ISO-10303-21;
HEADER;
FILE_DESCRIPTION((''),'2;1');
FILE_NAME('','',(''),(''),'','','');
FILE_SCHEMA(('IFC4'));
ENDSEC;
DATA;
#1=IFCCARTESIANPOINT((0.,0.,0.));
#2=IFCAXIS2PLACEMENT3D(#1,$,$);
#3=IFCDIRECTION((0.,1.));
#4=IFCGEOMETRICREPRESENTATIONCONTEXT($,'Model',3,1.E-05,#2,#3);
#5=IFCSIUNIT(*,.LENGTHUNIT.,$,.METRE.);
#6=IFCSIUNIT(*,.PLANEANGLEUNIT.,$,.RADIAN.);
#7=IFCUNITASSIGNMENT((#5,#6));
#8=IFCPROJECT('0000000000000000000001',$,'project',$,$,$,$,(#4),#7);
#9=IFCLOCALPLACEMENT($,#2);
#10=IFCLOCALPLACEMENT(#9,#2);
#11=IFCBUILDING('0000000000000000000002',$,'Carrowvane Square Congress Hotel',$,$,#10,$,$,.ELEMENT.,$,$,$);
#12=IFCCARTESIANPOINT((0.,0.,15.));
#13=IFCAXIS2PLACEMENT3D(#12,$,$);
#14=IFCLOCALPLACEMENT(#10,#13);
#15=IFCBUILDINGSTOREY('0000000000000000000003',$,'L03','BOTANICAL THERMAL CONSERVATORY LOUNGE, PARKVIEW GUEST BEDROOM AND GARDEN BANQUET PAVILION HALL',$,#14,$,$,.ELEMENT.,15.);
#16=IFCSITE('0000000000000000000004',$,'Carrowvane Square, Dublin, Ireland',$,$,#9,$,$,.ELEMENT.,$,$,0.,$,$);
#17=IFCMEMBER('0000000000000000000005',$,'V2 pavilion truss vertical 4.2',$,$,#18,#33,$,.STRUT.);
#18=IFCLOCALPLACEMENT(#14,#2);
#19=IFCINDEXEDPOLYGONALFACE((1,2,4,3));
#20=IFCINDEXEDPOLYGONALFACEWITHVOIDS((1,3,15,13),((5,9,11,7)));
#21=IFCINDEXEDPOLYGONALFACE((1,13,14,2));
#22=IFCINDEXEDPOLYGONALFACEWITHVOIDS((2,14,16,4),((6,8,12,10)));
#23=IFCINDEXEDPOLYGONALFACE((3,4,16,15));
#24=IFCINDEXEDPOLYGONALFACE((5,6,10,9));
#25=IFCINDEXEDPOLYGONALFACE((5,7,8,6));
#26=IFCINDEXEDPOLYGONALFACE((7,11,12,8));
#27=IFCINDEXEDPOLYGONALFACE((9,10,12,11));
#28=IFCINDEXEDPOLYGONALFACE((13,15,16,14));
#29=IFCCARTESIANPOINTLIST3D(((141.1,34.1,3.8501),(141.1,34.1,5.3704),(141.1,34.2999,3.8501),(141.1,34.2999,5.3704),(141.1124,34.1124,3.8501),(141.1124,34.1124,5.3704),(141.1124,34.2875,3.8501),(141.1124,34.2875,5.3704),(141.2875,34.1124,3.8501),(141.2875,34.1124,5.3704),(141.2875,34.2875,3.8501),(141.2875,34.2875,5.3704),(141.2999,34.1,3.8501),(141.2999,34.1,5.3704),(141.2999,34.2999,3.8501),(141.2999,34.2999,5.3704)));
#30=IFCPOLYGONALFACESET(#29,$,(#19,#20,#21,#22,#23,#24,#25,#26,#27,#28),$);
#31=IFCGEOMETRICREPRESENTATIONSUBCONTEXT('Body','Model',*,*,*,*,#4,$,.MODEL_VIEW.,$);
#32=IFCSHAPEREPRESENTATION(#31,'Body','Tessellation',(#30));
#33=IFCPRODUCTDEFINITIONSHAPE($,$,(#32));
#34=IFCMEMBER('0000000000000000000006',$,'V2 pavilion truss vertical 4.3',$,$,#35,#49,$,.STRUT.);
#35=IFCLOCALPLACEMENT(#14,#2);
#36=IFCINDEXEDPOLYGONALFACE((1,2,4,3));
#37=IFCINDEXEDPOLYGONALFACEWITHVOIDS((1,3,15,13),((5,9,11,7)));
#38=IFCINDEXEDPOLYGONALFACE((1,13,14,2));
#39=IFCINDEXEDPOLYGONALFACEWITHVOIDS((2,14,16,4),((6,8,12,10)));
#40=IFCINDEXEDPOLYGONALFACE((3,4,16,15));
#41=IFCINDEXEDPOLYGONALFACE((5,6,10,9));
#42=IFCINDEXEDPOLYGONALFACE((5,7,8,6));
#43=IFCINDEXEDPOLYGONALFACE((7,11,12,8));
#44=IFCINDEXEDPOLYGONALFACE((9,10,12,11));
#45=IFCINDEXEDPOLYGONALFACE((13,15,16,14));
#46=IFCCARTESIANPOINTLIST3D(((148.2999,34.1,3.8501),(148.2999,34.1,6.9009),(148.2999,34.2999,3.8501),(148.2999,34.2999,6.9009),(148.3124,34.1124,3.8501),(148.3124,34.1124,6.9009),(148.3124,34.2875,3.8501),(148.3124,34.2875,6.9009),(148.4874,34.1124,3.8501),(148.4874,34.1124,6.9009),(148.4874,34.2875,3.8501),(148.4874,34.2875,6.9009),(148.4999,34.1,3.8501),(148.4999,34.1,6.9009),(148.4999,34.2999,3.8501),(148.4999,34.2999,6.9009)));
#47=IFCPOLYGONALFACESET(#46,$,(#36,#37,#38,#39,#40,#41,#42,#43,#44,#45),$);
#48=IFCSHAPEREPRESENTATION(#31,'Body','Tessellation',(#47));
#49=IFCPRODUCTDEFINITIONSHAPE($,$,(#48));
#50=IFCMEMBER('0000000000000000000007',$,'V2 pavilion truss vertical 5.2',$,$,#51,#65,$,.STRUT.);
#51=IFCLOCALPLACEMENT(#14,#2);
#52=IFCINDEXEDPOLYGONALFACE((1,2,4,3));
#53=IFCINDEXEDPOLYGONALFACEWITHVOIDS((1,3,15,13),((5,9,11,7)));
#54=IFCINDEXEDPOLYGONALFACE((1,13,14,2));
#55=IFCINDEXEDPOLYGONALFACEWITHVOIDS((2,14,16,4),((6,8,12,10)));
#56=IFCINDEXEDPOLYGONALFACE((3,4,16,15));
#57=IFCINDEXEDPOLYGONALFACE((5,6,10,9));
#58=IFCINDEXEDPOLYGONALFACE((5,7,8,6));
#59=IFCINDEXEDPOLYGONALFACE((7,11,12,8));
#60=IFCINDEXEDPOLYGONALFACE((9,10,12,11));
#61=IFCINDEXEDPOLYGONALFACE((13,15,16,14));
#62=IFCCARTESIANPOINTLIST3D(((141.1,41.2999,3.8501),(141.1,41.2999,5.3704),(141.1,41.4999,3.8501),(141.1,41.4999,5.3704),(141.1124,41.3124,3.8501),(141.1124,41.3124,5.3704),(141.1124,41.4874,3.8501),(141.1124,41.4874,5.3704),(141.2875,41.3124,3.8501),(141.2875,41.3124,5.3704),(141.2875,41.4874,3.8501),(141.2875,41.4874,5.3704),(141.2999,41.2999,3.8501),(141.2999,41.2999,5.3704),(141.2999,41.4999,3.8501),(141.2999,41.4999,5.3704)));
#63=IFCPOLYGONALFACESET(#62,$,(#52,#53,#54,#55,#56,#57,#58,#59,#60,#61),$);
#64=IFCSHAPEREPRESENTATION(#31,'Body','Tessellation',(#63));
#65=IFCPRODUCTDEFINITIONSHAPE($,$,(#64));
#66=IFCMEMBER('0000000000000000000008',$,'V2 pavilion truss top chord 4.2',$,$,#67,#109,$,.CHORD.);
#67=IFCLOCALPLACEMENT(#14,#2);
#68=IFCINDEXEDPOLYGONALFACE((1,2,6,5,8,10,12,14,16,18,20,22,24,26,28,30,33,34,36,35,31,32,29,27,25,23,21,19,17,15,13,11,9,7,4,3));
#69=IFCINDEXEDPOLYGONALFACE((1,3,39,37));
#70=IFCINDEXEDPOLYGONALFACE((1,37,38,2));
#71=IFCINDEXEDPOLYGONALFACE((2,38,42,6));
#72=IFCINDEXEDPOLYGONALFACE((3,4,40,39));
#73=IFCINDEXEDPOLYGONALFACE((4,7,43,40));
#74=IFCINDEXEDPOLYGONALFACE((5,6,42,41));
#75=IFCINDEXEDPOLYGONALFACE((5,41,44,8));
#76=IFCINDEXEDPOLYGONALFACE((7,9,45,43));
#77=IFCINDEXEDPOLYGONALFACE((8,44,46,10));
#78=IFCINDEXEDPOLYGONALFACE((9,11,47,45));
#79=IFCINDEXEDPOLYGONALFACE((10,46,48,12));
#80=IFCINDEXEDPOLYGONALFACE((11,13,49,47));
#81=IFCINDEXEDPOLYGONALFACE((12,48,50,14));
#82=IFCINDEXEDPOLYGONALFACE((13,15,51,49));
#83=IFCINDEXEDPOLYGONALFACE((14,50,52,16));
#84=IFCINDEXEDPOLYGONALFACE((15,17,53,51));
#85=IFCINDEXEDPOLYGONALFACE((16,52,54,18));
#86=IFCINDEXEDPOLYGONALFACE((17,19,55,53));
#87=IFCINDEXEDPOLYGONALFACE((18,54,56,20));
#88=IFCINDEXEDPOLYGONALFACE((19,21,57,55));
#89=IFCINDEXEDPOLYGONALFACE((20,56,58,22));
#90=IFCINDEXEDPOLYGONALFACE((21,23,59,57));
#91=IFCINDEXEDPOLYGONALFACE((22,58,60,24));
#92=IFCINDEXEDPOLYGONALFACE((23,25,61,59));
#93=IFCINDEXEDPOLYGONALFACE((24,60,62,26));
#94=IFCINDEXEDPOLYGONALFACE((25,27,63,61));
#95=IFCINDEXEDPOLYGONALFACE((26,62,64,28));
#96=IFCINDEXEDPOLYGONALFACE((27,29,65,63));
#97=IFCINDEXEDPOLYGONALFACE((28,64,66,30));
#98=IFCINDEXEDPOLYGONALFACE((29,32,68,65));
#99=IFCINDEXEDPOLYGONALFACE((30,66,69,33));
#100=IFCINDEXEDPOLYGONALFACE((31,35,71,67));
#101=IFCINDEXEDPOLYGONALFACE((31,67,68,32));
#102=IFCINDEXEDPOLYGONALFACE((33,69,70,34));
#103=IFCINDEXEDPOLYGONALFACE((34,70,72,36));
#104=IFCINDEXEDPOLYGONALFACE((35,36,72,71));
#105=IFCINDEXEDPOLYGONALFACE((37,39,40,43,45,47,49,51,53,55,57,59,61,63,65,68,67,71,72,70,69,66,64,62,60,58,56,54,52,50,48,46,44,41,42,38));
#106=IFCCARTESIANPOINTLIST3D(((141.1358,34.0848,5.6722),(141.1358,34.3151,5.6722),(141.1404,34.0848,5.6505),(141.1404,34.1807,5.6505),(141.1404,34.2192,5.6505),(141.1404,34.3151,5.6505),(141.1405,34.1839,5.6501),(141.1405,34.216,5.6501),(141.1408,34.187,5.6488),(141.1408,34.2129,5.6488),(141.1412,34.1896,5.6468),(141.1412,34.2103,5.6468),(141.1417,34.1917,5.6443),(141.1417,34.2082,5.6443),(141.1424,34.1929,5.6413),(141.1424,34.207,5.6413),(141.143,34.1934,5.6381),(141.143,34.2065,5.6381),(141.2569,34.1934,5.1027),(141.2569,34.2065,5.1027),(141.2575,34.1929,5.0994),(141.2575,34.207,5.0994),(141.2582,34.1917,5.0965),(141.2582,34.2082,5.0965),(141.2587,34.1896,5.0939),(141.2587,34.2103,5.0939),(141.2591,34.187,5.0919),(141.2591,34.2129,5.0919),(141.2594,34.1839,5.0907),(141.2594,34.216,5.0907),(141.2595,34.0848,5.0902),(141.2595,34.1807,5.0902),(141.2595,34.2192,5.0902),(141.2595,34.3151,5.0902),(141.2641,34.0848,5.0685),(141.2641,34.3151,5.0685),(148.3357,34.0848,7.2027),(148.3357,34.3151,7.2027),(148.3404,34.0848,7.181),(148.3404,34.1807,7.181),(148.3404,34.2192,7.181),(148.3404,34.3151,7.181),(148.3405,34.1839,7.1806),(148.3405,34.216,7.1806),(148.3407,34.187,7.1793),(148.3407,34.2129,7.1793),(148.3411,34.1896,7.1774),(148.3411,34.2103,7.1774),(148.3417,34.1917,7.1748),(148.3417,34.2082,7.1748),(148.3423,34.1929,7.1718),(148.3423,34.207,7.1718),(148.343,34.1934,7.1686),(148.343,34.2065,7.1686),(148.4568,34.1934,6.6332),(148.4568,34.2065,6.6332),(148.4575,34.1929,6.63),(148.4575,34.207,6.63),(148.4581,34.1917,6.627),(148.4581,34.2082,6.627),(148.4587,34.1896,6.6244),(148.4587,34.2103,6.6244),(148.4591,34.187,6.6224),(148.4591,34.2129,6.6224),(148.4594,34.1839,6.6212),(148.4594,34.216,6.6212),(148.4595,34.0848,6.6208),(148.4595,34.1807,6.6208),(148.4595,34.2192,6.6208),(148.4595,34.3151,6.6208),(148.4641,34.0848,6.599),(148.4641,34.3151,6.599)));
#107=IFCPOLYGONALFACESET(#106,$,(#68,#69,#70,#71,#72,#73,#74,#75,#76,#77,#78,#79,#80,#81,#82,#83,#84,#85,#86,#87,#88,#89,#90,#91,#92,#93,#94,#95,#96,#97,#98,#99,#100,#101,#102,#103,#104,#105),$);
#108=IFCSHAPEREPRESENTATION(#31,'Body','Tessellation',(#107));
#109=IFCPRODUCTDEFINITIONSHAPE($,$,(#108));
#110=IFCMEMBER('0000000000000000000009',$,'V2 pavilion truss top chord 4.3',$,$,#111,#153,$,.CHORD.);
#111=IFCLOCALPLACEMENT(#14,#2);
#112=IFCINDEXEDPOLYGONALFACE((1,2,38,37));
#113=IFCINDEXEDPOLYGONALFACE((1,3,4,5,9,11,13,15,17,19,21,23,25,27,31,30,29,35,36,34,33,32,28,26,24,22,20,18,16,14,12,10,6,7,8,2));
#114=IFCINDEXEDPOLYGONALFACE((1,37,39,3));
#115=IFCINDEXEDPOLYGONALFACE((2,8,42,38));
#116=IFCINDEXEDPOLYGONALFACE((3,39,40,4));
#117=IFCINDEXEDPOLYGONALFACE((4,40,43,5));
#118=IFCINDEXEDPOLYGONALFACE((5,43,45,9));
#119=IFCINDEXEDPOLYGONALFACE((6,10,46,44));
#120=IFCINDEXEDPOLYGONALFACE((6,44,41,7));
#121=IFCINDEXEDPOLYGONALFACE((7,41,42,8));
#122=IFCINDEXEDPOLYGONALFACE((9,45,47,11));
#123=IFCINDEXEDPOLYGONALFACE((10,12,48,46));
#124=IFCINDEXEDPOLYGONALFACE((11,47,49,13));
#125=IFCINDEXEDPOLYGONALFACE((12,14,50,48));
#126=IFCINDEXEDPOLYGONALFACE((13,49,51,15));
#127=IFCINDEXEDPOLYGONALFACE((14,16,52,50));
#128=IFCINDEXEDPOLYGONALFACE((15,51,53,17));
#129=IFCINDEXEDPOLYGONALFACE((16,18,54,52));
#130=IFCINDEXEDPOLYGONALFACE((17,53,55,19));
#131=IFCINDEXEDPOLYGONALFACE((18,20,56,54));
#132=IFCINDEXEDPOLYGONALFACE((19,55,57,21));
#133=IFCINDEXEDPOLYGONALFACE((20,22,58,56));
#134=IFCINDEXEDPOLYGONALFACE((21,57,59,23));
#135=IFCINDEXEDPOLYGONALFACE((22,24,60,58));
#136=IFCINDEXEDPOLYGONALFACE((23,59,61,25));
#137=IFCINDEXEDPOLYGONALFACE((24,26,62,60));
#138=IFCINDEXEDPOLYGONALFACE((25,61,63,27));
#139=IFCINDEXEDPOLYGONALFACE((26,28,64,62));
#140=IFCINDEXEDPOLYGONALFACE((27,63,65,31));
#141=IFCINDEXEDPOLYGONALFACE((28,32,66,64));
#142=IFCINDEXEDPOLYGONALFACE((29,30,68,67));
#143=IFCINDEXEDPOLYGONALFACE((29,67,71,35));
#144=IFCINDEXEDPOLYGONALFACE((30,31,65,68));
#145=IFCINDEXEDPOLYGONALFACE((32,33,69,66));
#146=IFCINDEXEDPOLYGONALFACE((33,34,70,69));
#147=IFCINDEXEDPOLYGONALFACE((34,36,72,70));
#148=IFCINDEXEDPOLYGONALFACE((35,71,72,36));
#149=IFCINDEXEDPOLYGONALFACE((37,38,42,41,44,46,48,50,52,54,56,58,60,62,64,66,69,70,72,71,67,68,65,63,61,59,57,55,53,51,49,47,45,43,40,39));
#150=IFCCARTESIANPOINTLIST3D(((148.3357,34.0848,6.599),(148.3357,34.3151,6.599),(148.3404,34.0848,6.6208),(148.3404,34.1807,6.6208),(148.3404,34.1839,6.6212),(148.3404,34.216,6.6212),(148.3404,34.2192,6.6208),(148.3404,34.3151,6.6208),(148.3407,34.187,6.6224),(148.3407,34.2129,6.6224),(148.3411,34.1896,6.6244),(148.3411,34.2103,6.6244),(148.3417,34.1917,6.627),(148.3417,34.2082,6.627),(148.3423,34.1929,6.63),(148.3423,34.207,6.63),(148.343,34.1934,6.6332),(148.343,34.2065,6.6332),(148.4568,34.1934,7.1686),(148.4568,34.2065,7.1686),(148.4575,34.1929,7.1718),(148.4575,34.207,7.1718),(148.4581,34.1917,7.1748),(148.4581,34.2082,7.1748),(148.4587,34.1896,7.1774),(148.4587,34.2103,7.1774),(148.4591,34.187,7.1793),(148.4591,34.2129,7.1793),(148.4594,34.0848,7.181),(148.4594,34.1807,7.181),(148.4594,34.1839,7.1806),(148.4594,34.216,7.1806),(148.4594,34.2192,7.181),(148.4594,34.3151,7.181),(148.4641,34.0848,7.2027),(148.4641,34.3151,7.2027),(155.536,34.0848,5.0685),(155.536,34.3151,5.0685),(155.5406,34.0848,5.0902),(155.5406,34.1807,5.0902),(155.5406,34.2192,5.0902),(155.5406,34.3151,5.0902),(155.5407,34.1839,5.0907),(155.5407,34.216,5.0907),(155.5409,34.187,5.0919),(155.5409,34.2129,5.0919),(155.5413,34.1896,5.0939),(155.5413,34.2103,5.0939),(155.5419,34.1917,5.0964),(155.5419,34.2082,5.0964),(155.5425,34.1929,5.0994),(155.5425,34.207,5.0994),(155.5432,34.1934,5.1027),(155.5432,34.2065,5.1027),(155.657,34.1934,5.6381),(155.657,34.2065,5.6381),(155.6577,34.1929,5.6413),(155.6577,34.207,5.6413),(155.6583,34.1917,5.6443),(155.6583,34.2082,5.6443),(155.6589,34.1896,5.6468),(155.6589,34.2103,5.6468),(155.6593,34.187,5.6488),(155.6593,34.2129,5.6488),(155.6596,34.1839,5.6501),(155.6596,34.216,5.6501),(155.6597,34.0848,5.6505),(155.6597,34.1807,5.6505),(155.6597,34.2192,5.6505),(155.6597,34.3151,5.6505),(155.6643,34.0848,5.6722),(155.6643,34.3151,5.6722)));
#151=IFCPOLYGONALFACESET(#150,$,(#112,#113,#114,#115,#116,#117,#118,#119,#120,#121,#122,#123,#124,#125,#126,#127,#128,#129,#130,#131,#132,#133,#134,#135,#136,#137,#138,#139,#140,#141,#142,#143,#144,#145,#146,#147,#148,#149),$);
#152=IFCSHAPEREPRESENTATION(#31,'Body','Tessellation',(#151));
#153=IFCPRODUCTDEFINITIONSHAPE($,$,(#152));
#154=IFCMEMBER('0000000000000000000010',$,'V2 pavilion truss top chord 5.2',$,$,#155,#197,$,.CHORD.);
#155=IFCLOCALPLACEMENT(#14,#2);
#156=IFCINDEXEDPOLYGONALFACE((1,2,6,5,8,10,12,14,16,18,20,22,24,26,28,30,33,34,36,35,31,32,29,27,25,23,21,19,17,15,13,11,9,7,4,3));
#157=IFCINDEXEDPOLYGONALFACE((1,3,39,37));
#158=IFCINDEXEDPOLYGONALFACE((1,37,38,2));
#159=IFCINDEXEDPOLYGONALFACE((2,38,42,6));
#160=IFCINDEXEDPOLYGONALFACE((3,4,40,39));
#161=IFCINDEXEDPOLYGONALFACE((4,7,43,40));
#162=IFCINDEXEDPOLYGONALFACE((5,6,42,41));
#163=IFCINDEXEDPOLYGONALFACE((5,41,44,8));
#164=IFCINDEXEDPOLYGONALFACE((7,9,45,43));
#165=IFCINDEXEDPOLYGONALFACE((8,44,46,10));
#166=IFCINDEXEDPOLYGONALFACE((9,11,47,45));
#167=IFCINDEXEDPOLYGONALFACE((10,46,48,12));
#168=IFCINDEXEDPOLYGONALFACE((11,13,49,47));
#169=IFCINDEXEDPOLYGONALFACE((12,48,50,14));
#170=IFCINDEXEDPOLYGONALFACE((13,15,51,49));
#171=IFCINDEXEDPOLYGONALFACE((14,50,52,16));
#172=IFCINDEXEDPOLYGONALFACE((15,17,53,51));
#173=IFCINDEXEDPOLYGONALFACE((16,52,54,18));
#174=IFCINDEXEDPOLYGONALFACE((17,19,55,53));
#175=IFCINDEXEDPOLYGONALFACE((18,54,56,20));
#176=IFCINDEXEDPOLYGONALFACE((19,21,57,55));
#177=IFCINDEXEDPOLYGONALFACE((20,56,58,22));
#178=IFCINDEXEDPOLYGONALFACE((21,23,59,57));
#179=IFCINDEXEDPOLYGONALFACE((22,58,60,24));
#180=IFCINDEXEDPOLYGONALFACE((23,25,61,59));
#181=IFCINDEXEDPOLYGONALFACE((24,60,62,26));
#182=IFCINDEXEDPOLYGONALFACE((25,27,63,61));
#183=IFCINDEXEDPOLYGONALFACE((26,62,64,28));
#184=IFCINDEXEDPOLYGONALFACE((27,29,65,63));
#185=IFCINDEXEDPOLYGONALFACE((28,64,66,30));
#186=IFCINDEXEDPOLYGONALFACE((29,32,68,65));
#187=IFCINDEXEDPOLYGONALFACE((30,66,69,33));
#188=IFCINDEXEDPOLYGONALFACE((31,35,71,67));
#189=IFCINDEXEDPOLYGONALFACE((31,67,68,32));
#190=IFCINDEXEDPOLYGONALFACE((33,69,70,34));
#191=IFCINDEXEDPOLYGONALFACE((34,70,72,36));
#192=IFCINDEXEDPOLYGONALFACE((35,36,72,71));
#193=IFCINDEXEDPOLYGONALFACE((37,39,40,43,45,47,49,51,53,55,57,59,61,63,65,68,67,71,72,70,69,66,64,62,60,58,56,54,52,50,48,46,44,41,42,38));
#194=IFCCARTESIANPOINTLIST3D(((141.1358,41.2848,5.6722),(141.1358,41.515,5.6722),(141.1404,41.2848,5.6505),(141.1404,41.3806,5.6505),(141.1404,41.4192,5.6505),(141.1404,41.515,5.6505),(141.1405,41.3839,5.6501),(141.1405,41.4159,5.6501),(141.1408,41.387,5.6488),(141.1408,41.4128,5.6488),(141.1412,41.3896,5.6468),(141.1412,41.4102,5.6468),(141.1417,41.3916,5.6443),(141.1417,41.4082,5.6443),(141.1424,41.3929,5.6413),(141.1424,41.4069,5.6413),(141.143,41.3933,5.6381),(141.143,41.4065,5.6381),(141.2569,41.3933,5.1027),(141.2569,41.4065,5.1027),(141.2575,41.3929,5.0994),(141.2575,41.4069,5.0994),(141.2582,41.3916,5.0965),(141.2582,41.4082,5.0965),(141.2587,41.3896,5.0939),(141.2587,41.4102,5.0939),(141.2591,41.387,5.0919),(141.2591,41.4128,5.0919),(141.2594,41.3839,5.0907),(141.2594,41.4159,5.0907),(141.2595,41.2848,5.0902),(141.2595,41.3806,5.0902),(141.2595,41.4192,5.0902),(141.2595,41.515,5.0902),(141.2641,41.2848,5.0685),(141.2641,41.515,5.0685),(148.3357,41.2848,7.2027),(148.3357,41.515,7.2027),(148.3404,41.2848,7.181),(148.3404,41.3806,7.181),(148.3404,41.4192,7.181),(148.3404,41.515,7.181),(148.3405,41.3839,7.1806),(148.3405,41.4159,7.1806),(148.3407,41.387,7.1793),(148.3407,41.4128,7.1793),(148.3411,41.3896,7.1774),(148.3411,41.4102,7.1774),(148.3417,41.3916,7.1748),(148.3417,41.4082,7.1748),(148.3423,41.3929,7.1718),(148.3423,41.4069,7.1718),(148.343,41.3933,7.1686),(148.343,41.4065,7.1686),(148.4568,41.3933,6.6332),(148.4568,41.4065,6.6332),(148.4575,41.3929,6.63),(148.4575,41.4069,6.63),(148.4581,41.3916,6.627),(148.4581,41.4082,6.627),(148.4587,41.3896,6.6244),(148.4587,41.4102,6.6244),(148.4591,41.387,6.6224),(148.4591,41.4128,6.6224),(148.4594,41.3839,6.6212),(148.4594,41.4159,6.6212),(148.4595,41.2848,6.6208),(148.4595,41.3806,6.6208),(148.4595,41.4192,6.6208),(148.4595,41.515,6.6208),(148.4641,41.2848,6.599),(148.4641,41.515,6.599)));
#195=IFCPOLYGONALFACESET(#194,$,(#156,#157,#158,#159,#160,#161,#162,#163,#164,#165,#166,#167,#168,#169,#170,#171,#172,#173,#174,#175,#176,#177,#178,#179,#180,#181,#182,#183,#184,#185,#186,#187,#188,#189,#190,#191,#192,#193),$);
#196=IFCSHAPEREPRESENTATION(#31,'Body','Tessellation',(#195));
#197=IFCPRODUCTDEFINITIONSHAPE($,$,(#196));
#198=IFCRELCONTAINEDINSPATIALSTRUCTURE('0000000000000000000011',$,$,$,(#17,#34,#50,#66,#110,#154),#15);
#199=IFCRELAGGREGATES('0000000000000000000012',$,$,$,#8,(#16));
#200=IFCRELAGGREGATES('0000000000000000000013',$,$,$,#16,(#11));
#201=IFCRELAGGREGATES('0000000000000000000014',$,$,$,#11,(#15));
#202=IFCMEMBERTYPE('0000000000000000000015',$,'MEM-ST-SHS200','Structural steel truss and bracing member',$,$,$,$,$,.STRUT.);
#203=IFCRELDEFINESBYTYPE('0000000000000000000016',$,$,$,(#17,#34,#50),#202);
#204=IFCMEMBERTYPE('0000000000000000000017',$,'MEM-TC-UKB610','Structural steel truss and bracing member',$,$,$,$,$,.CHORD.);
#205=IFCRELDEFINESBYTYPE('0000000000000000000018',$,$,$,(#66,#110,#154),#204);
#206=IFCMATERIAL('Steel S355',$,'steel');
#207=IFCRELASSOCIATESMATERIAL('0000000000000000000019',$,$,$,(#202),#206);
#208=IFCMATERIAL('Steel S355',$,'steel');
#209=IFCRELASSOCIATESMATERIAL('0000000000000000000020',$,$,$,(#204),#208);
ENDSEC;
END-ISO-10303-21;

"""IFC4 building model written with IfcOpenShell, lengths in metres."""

from ifc_helpers import new_model, si_unit, direction, frame, origin, origin_2d, place, context, subcontext, project, spatial, hollow_rectangle, i_section, extrude, material, material_profile, profile_set, type_object, element, save


model = new_model("IFC4")

# Units and contexts
model_context = context("Model", 3, precision=1e-05, world=origin(), true_north=direction((0.0, 1.0)))
body_context = subcontext(model_context, "Body", "Model", "MODEL_VIEW")
ifc_project = project(units=[si_unit("LENGTHUNIT", "METRE"), si_unit("PLANEANGLEUNIT", "RADIAN")], contexts=[model_context])

# Site, building, storey
site_placement = place(None, origin())
site = spatial("IfcSite", under=ifc_project, at=site_placement, Name="Carrowvane Square, Dublin, Ireland", CompositionType="ELEMENT", RefElevation=0.0)
building_placement = place(site_placement, origin())
building = spatial("IfcBuilding", under=site, at=building_placement, Name="Carrowvane Square Congress Hotel", CompositionType="ELEMENT")
storey_placement = place(building_placement, frame((0.0, 0.0, 15.0)))
storey = spatial("IfcBuildingStorey", under=building, at=storey_placement, Name="L03", Description="BOTANICAL THERMAL CONSERVATORY LOUNGE, PARKVIEW GUEST BEDROOM AND GARDEN BANQUET PAVILION HALL", CompositionType="ELEMENT", Elevation=15.0)

# Members
ifc_material_1 = material(Name="Steel S355", Category="steel")
ifc_material_profile_1 = material_profile(ifc_material_1, hollow_rectangle(XDim=0.2, YDim=0.2, WallThickness=0.0125, at=origin_2d()), Name="SHS 200x200x12.5")
ifc_profile_set_1 = profile_set([ifc_material_profile_1], Name="Steel S355")
member_type_1 = type_object("IfcMemberType", Name="MEM-ST-SHS200", Description="Structural steel truss and bracing member", PredefinedType="STRUT", material=ifc_profile_set_1)
member_1_placement = place(storey_placement, frame((141.2, 34.2, 3.8501), z_axis=(0.0, 0.0, 1.0), x_axis=(1.0, 0.0, 0.0)))
element("IfcMember", 1, at=member_1_placement, inside=storey, type_object=member_type_1, Name="V2 pavilion truss vertical 4.2", PredefinedType="STRUT", context=body_context, shape_type="SweptSolid", body=[
    extrude(hollow_rectangle(XDim=0.2, YDim=0.2, WallThickness=0.0125, at=origin_2d()), origin(), (0.0, 0.0, 1.0), 1.5203),
])
member_2_placement = place(storey_placement, frame((148.3999, 34.2, 3.8501), z_axis=(0.0, 0.0, 1.0), x_axis=(1.0, 0.0, 0.0)))
element("IfcMember", 2, at=member_2_placement, inside=storey, type_object=member_type_1, Name="V2 pavilion truss vertical 4.3", PredefinedType="STRUT", context=body_context, shape_type="SweptSolid", body=[
    extrude(hollow_rectangle(XDim=0.2, YDim=0.2, WallThickness=0.0125, at=origin_2d()), origin(), (0.0, 0.0, 1.0), 3.0508),
])
member_3_placement = place(storey_placement, frame((141.2, 41.3999, 3.8501), z_axis=(0.0, 0.0, 1.0), x_axis=(1.0, 0.0, 0.0)))
element("IfcMember", 3, at=member_3_placement, inside=storey, type_object=member_type_1, Name="V2 pavilion truss vertical 5.2", PredefinedType="STRUT", context=body_context, shape_type="SweptSolid", body=[
    extrude(hollow_rectangle(XDim=0.2, YDim=0.2, WallThickness=0.0125, at=origin_2d()), origin(), (0.0, 0.0, 1.0), 1.5203),
])
ifc_material_2 = material(Name="Steel S355", Category="steel")
ifc_material_profile_2 = material_profile(ifc_material_2, i_section(OverallWidth=0.2302, OverallDepth=0.6172, WebThickness=0.0132, FlangeThickness=0.0222, FilletRadius=0.0127, at=origin_2d()), Name="UKB 610x229x140")
ifc_profile_set_2 = profile_set([ifc_material_profile_2], Name="Steel S355")
member_type_2 = type_object("IfcMemberType", Name="MEM-TC-UKB610", Description="Structural steel truss and bracing member", PredefinedType="CHORD", material=ifc_profile_set_2)
member_4_placement = place(storey_placement, frame((141.2, 34.2, 5.3704), z_axis=(0.978144, 0.0, 0.207927), x_axis=(0.0, 1.0, 0.0)))
element("IfcMember", 4, at=member_4_placement, inside=storey, type_object=member_type_2, Name="V2 pavilion truss top chord 4.2", PredefinedType="CHORD", context=body_context, shape_type="SweptSolid", body=[
    extrude(i_section(OverallWidth=0.2302, OverallDepth=0.6172, WebThickness=0.0132, FlangeThickness=0.0222, FilletRadius=0.0127, at=origin_2d()), origin(), (0.0, 0.0, 1.0), 7.3608),
])
member_5_placement = place(storey_placement, frame((148.3999, 34.2, 6.9009), z_axis=(0.978146, 0.0, -0.207921), x_axis=(0.0, 1.0, 0.0)))
element("IfcMember", 5, at=member_5_placement, inside=storey, type_object=member_type_2, Name="V2 pavilion truss top chord 4.3", PredefinedType="CHORD", context=body_context, shape_type="SweptSolid", body=[
    extrude(i_section(OverallWidth=0.2302, OverallDepth=0.6172, WebThickness=0.0132, FlangeThickness=0.0222, FilletRadius=0.0127, at=origin_2d()), origin(), (0.0, 0.0, 1.0), 7.3611),
])
member_6_placement = place(storey_placement, frame((141.2, 41.3999, 5.3704), z_axis=(0.978144, 0.0, 0.207927), x_axis=(0.0, 1.0, 0.0)))
element("IfcMember", 6, at=member_6_placement, inside=storey, type_object=member_type_2, Name="V2 pavilion truss top chord 5.2", PredefinedType="CHORD", context=body_context, shape_type="SweptSolid", body=[
    extrude(i_section(OverallWidth=0.2302, OverallDepth=0.6172, WebThickness=0.0132, FlangeThickness=0.0222, FilletRadius=0.0127, at=origin_2d()), origin(), (0.0, 0.0, 1.0), 7.3608),
])

save(model, "model.ifc")
